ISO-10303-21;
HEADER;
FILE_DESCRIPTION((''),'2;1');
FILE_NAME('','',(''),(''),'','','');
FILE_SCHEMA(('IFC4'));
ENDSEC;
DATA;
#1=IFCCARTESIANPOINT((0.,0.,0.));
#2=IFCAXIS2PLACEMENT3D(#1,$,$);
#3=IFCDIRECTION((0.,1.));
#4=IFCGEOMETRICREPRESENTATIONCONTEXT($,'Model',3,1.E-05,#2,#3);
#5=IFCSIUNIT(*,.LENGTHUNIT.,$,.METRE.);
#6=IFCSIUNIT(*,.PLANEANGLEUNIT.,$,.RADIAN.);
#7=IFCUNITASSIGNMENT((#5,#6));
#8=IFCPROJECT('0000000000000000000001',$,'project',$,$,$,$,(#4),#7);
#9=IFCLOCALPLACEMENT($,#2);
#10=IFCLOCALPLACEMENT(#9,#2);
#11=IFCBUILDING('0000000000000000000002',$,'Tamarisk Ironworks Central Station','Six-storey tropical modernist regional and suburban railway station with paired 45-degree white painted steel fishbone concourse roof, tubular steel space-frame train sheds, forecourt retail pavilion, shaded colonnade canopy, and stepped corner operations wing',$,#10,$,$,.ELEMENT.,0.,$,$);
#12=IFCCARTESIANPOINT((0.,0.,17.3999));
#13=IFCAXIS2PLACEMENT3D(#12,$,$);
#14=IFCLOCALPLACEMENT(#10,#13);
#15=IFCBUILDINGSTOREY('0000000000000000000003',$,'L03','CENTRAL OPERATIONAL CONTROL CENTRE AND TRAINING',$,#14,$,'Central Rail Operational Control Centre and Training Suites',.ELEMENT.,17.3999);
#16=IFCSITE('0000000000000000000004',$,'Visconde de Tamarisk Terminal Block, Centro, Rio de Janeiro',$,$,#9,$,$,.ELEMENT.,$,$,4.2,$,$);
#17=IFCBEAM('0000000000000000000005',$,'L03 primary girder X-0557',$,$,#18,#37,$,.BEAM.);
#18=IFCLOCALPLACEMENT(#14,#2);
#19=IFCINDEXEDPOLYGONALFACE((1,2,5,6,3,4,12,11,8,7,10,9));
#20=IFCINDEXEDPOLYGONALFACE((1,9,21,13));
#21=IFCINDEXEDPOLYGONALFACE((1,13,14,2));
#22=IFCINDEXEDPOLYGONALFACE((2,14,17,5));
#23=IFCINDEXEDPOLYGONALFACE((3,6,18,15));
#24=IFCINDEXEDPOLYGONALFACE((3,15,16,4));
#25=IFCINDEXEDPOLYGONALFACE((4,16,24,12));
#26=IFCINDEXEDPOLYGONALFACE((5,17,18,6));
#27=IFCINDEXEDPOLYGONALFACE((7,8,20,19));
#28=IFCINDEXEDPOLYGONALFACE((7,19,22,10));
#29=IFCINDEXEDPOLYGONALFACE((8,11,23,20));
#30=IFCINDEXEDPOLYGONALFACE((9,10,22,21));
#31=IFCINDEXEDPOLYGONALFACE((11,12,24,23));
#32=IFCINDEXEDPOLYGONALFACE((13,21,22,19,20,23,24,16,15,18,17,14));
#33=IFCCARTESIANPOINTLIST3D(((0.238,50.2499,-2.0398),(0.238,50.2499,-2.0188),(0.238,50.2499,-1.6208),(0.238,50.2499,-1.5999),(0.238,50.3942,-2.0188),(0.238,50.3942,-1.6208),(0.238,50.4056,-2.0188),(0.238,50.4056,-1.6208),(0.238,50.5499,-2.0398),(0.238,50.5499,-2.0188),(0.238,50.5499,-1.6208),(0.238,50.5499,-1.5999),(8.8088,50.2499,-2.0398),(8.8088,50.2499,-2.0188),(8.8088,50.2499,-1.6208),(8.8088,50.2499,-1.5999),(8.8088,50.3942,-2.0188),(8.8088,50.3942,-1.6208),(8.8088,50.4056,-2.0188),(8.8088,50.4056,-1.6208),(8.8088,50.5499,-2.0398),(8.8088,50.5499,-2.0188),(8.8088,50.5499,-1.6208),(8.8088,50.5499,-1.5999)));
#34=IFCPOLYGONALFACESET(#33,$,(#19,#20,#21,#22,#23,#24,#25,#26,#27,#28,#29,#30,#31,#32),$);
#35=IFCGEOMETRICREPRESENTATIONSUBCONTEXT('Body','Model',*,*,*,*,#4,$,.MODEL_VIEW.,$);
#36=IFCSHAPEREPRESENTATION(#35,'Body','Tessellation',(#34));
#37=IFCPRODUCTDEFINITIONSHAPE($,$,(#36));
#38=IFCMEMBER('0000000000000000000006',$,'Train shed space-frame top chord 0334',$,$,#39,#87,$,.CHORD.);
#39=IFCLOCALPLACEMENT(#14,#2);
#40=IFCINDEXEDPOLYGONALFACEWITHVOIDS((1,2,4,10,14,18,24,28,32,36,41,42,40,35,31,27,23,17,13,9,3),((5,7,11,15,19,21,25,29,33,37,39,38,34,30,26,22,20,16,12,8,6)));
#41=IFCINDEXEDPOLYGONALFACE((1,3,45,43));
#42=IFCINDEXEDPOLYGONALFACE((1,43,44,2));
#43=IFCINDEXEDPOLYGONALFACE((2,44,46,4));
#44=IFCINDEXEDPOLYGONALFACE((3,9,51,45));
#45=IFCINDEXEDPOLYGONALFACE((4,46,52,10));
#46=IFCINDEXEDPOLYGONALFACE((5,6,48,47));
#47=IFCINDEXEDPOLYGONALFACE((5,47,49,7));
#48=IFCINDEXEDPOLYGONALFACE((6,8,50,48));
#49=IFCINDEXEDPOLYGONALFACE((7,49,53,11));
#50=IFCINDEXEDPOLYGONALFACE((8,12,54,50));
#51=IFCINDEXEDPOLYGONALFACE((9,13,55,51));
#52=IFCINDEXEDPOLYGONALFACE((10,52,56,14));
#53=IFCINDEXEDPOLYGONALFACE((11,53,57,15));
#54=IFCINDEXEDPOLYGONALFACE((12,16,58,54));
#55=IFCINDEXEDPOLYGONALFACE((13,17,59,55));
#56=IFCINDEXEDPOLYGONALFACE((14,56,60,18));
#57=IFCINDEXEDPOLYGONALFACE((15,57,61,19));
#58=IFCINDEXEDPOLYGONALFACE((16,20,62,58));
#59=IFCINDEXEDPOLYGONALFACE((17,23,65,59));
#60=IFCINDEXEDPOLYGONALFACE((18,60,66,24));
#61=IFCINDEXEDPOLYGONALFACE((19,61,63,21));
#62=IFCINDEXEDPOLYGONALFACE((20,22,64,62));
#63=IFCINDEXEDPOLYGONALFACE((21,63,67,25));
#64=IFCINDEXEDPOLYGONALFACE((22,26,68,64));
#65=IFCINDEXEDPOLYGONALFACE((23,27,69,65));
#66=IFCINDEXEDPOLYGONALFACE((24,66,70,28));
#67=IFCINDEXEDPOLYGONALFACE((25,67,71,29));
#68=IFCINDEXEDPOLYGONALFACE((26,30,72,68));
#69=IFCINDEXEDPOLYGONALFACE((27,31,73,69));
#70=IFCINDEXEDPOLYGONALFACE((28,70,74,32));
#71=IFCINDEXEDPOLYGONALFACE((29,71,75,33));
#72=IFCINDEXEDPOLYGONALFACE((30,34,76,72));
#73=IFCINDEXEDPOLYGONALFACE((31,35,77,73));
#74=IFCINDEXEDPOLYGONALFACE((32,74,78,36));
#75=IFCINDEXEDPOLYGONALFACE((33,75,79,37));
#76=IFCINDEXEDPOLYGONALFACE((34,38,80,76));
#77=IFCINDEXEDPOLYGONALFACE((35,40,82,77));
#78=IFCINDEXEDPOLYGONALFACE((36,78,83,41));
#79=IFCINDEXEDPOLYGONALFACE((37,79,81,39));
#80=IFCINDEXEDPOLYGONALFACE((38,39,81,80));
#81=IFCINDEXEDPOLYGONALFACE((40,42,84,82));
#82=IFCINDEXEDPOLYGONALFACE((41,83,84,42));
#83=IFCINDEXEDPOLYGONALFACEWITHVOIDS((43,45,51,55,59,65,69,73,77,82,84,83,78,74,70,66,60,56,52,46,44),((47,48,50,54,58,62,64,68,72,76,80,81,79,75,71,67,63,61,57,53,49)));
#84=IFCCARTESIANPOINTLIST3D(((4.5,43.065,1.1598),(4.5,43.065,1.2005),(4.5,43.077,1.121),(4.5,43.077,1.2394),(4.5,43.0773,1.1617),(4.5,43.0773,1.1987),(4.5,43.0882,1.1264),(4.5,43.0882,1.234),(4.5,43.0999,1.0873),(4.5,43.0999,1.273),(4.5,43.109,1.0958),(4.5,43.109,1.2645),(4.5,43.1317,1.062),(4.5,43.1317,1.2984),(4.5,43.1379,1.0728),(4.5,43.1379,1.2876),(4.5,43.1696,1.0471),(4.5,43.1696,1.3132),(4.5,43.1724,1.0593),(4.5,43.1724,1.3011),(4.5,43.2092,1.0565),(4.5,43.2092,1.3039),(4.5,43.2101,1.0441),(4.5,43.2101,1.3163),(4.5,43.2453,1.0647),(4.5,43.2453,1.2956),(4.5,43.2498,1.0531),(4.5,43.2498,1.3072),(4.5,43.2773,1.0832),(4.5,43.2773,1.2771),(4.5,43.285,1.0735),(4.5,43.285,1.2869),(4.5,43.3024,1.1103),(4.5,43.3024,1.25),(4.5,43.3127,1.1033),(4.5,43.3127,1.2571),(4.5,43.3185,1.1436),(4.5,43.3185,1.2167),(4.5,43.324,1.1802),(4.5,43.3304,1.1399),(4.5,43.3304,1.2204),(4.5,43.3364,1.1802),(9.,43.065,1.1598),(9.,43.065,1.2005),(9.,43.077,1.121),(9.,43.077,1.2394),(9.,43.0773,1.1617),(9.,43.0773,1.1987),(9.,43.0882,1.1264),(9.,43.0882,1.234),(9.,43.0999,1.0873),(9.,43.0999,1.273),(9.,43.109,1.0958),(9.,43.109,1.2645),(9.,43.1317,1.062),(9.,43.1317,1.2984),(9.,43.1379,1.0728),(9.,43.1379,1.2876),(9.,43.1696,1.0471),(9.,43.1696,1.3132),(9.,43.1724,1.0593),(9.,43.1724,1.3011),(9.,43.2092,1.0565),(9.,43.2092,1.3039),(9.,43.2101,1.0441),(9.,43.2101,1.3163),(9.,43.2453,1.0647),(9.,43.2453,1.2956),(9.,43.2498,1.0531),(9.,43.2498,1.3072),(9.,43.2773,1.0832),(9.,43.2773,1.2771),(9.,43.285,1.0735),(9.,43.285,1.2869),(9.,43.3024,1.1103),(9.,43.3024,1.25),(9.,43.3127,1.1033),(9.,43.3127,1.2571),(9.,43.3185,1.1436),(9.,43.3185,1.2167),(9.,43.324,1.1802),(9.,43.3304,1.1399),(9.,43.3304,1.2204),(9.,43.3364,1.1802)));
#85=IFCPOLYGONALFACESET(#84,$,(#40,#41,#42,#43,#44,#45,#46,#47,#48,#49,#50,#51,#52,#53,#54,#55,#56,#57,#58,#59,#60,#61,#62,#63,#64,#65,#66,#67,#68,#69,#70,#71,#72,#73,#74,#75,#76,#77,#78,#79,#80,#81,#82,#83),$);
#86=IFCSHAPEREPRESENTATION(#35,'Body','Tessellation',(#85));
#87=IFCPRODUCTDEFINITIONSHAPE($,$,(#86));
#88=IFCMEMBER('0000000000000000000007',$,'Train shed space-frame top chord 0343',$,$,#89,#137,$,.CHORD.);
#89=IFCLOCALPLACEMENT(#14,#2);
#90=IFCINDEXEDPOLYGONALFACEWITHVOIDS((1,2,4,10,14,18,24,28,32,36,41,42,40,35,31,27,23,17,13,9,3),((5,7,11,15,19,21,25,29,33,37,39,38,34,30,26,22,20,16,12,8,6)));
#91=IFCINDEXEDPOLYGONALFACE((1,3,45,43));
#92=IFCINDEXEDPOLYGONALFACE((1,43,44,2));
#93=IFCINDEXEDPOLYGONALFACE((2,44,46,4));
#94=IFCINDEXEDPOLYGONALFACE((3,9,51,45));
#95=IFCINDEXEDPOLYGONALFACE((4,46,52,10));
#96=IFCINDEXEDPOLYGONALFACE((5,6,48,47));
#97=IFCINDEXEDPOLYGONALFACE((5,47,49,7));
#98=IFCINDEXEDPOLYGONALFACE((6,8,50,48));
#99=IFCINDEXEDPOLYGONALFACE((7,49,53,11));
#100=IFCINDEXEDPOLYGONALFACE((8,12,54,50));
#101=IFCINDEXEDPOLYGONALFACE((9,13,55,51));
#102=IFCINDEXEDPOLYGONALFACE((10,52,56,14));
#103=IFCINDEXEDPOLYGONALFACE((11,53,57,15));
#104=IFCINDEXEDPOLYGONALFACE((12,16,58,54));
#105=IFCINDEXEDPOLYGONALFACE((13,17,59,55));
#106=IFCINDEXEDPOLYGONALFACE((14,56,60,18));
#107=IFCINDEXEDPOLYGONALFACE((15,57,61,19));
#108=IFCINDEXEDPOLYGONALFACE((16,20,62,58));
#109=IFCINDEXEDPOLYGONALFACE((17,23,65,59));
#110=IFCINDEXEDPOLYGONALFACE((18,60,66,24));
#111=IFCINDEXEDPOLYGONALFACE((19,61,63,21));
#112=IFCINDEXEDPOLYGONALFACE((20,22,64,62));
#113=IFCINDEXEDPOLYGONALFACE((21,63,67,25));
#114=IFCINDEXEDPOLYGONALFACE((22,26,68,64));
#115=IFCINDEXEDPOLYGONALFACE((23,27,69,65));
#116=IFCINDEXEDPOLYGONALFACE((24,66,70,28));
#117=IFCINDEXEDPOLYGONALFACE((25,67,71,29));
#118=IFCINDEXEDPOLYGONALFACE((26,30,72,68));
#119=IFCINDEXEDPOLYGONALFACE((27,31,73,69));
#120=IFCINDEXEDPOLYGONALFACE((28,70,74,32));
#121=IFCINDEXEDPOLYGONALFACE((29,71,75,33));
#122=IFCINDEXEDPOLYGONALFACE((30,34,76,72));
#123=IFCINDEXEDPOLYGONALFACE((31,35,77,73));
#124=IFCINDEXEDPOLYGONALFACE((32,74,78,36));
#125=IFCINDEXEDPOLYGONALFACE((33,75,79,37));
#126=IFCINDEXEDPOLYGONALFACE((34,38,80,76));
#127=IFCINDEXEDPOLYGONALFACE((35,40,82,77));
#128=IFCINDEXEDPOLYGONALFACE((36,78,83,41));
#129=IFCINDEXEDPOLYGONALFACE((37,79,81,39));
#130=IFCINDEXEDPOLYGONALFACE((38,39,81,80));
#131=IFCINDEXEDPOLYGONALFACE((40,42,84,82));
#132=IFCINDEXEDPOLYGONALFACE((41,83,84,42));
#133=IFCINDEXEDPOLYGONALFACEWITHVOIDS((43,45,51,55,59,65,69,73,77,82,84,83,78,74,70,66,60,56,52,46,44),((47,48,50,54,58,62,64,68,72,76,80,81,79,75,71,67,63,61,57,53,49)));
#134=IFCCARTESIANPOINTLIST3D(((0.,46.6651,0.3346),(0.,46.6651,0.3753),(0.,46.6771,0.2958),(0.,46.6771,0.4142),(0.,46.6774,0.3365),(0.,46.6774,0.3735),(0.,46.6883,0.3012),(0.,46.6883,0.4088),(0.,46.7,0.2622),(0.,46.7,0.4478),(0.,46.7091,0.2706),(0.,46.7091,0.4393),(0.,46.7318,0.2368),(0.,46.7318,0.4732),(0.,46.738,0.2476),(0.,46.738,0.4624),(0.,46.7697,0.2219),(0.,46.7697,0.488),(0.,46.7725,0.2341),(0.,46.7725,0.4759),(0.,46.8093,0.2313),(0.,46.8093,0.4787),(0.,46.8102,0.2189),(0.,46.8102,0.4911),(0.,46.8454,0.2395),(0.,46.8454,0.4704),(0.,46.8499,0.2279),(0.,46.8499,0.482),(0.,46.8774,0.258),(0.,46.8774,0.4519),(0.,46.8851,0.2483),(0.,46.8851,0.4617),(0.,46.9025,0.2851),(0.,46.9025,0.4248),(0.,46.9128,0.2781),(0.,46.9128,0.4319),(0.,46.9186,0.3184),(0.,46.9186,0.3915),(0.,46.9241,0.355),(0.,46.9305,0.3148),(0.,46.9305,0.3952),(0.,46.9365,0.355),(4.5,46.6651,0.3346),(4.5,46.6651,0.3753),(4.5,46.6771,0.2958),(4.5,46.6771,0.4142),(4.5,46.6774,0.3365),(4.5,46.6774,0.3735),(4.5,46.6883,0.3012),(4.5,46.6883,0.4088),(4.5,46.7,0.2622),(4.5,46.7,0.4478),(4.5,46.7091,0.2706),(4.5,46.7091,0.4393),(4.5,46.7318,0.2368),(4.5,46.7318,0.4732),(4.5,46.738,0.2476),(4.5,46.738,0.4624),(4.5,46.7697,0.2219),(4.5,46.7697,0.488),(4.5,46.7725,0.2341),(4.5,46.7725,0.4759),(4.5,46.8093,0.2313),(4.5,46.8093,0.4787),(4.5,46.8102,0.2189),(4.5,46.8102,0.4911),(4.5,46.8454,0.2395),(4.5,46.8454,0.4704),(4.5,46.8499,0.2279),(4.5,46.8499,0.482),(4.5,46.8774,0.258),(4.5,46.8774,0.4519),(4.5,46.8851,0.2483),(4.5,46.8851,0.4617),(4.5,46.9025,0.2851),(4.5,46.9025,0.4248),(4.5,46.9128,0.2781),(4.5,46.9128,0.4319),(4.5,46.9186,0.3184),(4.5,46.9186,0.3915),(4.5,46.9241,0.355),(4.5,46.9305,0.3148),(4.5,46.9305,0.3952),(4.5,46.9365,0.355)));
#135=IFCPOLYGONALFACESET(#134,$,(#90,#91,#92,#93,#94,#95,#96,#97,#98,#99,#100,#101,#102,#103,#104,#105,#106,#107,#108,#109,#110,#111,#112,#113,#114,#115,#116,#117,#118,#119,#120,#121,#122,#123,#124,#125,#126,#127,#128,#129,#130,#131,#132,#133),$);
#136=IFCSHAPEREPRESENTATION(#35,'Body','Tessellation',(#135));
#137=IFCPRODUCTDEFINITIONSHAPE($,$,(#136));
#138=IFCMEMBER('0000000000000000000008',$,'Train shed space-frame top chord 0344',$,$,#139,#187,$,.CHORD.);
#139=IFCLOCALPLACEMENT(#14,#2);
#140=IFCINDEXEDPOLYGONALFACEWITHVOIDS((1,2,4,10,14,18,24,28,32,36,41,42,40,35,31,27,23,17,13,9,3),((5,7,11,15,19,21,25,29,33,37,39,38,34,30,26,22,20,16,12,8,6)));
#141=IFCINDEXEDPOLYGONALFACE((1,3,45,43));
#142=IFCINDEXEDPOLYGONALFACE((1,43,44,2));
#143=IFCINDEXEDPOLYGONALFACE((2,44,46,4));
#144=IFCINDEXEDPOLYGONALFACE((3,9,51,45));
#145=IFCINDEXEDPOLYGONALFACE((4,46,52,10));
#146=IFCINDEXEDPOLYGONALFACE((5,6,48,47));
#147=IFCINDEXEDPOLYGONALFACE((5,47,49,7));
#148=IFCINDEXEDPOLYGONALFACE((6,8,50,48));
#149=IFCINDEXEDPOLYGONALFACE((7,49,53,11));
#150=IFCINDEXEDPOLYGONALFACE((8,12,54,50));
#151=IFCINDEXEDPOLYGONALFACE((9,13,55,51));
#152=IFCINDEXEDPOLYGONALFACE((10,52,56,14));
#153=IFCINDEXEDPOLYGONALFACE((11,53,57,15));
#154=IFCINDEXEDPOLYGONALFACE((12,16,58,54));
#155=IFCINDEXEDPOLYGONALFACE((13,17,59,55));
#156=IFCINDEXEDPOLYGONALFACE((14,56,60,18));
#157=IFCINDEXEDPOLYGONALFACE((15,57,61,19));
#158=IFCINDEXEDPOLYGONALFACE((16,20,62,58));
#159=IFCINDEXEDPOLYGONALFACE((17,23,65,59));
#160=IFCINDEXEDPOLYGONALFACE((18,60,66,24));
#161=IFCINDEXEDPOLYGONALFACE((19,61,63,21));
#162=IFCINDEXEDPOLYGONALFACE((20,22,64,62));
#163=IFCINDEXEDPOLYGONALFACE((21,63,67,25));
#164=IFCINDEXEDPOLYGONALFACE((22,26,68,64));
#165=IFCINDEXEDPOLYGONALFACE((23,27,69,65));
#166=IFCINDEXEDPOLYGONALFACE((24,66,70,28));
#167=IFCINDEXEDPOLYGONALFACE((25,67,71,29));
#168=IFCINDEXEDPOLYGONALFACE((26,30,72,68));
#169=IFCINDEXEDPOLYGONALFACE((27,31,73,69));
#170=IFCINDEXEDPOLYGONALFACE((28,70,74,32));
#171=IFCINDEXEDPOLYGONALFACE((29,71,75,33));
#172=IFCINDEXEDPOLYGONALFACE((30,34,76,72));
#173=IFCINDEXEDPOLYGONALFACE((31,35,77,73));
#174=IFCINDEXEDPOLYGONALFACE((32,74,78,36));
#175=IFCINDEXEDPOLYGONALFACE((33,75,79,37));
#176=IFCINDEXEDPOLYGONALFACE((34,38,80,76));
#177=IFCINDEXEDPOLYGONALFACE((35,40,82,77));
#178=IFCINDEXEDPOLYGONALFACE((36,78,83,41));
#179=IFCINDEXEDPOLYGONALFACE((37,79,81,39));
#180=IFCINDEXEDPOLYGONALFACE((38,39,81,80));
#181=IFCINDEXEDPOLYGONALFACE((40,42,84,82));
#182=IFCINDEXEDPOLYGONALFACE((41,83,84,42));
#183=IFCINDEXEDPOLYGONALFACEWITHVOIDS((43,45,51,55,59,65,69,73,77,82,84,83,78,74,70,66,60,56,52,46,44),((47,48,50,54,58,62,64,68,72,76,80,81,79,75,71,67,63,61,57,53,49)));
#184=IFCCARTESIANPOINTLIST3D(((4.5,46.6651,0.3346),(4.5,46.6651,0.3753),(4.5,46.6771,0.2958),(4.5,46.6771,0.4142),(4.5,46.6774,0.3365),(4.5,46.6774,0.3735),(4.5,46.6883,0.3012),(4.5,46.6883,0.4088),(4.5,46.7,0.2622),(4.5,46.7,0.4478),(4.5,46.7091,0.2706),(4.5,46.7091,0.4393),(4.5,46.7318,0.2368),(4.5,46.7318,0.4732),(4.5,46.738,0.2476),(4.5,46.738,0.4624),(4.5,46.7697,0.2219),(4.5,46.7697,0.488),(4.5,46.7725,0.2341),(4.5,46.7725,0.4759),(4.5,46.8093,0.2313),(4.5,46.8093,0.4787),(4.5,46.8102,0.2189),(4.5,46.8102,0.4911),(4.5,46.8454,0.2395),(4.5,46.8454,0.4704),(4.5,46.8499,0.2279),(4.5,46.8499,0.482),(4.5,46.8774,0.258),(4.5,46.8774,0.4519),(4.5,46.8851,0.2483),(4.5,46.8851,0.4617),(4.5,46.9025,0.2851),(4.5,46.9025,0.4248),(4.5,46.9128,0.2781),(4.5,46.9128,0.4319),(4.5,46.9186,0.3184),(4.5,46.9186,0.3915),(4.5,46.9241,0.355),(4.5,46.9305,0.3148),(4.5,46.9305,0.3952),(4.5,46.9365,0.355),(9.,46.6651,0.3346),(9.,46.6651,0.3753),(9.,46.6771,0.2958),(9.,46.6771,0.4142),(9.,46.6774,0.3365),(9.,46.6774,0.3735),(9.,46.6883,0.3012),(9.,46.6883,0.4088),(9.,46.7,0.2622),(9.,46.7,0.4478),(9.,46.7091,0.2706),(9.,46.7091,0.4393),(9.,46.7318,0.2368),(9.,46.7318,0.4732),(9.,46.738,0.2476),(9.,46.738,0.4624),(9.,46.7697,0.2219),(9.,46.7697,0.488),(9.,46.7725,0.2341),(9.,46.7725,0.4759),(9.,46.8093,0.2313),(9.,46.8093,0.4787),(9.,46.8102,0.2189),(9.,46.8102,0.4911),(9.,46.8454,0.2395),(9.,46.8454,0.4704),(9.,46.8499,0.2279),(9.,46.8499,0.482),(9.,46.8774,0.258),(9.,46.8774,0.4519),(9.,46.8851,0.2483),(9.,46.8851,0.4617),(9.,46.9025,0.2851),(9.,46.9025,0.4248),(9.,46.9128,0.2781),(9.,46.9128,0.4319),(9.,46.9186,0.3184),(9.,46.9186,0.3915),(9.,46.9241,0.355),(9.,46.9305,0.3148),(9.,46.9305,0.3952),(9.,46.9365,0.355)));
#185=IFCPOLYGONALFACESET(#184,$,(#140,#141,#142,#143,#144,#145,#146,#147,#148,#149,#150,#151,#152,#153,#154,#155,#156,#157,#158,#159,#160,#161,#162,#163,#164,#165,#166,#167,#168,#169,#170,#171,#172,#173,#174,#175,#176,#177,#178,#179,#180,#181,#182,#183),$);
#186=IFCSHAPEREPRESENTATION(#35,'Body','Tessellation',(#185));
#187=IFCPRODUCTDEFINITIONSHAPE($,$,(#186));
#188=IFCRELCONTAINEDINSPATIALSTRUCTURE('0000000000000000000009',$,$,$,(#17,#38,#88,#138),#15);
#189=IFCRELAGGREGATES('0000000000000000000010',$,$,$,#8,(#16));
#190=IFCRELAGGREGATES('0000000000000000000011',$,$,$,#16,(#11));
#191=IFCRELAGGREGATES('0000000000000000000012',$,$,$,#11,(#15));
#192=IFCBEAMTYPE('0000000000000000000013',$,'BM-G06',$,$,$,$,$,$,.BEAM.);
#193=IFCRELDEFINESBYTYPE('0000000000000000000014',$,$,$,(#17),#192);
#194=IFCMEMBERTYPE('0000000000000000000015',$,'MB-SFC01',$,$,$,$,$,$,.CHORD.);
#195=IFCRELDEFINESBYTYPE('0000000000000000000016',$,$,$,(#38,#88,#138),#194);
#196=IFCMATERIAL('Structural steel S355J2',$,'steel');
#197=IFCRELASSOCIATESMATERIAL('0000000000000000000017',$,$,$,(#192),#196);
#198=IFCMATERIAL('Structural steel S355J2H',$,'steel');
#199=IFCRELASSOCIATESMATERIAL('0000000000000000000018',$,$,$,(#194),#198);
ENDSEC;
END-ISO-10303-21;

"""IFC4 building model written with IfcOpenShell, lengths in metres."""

from ifc_helpers import new_model, si_unit, direction, frame, origin, origin_2d, place, context, subcontext, project, spatial, hollow_circle, i_section, extrude, material, material_profile, profile_set, type_object, element, save


model = new_model("IFC4")

# Units and contexts
model_context = context("Model", 3, precision=1e-05, world=origin(), true_north=direction((0.0, 1.0)))
body_context = subcontext(model_context, "Body", "Model", "MODEL_VIEW")
ifc_project = project(units=[si_unit("LENGTHUNIT", "METRE"), si_unit("PLANEANGLEUNIT", "RADIAN")], contexts=[model_context])

# Site, building, storey
site_placement = place(None, origin())
site = spatial("IfcSite", under=ifc_project, at=site_placement, Name="Visconde de Tamarisk Terminal Block, Centro, Rio de Janeiro", CompositionType="ELEMENT", RefElevation=4.2)
building_placement = place(site_placement, origin())
building = spatial("IfcBuilding", under=site, at=building_placement, Name="Tamarisk Ironworks Central Station", Description="Six-storey tropical modernist regional and suburban railway station with paired 45-degree white painted steel fishbone concourse roof, tubular steel space-frame train sheds, forecourt retail pavilion, shaded colonnade canopy, and stepped corner operations wing", CompositionType="ELEMENT", ElevationOfRefHeight=0.0)
storey_placement = place(building_placement, frame((0.0, 0.0, 17.3999)))
storey = spatial("IfcBuildingStorey", under=building, at=storey_placement, Name="L03", Description="CENTRAL OPERATIONAL CONTROL CENTRE AND TRAINING", LongName="Central Rail Operational Control Centre and Training Suites", CompositionType="ELEMENT", Elevation=17.3999)

# Beam
ifc_material_1 = material(Name="Structural steel S355J2", Category="steel")
ifc_material_profile_1 = material_profile(ifc_material_1, i_section(OverallWidth=0.3, OverallDepth=0.4399, WebThickness=0.0115, FlangeThickness=0.021, at=origin_2d()), Name="HEA 450")
ifc_profile_set_1 = profile_set([ifc_material_profile_1], Name="Structural steel S355J2")
beam_type = type_object("IfcBeamType", Name="BM-G06", PredefinedType="BEAM", material=ifc_profile_set_1)
beam_placement = place(storey_placement, frame((0.238, 50.3999, -1.8198), z_axis=(1.0, 0.0, 0.0), x_axis=(0.0, 1.0, 0.0)))
element("IfcBeam", 1, at=beam_placement, inside=storey, type_object=beam_type, Name="L03 primary girder X-0557", PredefinedType="BEAM", context=body_context, shape_type="SweptSolid", body=[
    extrude(i_section(OverallWidth=0.3, OverallDepth=0.4399, WebThickness=0.0115, FlangeThickness=0.021, at=origin_2d()), origin(), (0.0, 0.0, 1.0), 8.5708),
])

# Members
ifc_material_2 = material(Name="Structural steel S355J2H", Category="steel")
ifc_material_profile_2 = material_profile(ifc_material_2, hollow_circle(Radius=0.1365, WallThickness=0.0125, at=origin_2d()), Name="CHS 273x12.5")
ifc_profile_set_2 = profile_set([ifc_material_profile_2], Name="Structural steel S355J2H")
member_type_1 = type_object("IfcMemberType", Name="MB-SFC01", PredefinedType="CHORD", material=ifc_profile_set_2)
for number, where, z_axis, x_axis, name in (
    (2, (4.5, 43.2, 1.1802), (1.0, 0.0, 0.0), (0.0, 1.0, 0.0), "Train shed space-frame top chord 0334"),
    (3, (0.0, 46.8, 0.355), (1.0, 0.0, 0.0), (0.0, 1.0, 0.0), "Train shed space-frame top chord 0343"),
    (4, (4.5, 46.8, 0.355), (1.0, 0.0, 0.0), (0.0, 1.0, 0.0), "Train shed space-frame top chord 0344"),
):
    element("IfcMember", number, at=place(storey_placement, frame(where, z_axis=z_axis, x_axis=x_axis)), inside=storey, type_object=member_type_1, Name=name, PredefinedType="CHORD", context=body_context, shape_type="SweptSolid", body=[
        extrude(hollow_circle(Radius=0.1365, WallThickness=0.0125, at=origin_2d()), origin(), (0.0, 0.0, 1.0), 4.5),
    ])

save(model, "model.ifc")
